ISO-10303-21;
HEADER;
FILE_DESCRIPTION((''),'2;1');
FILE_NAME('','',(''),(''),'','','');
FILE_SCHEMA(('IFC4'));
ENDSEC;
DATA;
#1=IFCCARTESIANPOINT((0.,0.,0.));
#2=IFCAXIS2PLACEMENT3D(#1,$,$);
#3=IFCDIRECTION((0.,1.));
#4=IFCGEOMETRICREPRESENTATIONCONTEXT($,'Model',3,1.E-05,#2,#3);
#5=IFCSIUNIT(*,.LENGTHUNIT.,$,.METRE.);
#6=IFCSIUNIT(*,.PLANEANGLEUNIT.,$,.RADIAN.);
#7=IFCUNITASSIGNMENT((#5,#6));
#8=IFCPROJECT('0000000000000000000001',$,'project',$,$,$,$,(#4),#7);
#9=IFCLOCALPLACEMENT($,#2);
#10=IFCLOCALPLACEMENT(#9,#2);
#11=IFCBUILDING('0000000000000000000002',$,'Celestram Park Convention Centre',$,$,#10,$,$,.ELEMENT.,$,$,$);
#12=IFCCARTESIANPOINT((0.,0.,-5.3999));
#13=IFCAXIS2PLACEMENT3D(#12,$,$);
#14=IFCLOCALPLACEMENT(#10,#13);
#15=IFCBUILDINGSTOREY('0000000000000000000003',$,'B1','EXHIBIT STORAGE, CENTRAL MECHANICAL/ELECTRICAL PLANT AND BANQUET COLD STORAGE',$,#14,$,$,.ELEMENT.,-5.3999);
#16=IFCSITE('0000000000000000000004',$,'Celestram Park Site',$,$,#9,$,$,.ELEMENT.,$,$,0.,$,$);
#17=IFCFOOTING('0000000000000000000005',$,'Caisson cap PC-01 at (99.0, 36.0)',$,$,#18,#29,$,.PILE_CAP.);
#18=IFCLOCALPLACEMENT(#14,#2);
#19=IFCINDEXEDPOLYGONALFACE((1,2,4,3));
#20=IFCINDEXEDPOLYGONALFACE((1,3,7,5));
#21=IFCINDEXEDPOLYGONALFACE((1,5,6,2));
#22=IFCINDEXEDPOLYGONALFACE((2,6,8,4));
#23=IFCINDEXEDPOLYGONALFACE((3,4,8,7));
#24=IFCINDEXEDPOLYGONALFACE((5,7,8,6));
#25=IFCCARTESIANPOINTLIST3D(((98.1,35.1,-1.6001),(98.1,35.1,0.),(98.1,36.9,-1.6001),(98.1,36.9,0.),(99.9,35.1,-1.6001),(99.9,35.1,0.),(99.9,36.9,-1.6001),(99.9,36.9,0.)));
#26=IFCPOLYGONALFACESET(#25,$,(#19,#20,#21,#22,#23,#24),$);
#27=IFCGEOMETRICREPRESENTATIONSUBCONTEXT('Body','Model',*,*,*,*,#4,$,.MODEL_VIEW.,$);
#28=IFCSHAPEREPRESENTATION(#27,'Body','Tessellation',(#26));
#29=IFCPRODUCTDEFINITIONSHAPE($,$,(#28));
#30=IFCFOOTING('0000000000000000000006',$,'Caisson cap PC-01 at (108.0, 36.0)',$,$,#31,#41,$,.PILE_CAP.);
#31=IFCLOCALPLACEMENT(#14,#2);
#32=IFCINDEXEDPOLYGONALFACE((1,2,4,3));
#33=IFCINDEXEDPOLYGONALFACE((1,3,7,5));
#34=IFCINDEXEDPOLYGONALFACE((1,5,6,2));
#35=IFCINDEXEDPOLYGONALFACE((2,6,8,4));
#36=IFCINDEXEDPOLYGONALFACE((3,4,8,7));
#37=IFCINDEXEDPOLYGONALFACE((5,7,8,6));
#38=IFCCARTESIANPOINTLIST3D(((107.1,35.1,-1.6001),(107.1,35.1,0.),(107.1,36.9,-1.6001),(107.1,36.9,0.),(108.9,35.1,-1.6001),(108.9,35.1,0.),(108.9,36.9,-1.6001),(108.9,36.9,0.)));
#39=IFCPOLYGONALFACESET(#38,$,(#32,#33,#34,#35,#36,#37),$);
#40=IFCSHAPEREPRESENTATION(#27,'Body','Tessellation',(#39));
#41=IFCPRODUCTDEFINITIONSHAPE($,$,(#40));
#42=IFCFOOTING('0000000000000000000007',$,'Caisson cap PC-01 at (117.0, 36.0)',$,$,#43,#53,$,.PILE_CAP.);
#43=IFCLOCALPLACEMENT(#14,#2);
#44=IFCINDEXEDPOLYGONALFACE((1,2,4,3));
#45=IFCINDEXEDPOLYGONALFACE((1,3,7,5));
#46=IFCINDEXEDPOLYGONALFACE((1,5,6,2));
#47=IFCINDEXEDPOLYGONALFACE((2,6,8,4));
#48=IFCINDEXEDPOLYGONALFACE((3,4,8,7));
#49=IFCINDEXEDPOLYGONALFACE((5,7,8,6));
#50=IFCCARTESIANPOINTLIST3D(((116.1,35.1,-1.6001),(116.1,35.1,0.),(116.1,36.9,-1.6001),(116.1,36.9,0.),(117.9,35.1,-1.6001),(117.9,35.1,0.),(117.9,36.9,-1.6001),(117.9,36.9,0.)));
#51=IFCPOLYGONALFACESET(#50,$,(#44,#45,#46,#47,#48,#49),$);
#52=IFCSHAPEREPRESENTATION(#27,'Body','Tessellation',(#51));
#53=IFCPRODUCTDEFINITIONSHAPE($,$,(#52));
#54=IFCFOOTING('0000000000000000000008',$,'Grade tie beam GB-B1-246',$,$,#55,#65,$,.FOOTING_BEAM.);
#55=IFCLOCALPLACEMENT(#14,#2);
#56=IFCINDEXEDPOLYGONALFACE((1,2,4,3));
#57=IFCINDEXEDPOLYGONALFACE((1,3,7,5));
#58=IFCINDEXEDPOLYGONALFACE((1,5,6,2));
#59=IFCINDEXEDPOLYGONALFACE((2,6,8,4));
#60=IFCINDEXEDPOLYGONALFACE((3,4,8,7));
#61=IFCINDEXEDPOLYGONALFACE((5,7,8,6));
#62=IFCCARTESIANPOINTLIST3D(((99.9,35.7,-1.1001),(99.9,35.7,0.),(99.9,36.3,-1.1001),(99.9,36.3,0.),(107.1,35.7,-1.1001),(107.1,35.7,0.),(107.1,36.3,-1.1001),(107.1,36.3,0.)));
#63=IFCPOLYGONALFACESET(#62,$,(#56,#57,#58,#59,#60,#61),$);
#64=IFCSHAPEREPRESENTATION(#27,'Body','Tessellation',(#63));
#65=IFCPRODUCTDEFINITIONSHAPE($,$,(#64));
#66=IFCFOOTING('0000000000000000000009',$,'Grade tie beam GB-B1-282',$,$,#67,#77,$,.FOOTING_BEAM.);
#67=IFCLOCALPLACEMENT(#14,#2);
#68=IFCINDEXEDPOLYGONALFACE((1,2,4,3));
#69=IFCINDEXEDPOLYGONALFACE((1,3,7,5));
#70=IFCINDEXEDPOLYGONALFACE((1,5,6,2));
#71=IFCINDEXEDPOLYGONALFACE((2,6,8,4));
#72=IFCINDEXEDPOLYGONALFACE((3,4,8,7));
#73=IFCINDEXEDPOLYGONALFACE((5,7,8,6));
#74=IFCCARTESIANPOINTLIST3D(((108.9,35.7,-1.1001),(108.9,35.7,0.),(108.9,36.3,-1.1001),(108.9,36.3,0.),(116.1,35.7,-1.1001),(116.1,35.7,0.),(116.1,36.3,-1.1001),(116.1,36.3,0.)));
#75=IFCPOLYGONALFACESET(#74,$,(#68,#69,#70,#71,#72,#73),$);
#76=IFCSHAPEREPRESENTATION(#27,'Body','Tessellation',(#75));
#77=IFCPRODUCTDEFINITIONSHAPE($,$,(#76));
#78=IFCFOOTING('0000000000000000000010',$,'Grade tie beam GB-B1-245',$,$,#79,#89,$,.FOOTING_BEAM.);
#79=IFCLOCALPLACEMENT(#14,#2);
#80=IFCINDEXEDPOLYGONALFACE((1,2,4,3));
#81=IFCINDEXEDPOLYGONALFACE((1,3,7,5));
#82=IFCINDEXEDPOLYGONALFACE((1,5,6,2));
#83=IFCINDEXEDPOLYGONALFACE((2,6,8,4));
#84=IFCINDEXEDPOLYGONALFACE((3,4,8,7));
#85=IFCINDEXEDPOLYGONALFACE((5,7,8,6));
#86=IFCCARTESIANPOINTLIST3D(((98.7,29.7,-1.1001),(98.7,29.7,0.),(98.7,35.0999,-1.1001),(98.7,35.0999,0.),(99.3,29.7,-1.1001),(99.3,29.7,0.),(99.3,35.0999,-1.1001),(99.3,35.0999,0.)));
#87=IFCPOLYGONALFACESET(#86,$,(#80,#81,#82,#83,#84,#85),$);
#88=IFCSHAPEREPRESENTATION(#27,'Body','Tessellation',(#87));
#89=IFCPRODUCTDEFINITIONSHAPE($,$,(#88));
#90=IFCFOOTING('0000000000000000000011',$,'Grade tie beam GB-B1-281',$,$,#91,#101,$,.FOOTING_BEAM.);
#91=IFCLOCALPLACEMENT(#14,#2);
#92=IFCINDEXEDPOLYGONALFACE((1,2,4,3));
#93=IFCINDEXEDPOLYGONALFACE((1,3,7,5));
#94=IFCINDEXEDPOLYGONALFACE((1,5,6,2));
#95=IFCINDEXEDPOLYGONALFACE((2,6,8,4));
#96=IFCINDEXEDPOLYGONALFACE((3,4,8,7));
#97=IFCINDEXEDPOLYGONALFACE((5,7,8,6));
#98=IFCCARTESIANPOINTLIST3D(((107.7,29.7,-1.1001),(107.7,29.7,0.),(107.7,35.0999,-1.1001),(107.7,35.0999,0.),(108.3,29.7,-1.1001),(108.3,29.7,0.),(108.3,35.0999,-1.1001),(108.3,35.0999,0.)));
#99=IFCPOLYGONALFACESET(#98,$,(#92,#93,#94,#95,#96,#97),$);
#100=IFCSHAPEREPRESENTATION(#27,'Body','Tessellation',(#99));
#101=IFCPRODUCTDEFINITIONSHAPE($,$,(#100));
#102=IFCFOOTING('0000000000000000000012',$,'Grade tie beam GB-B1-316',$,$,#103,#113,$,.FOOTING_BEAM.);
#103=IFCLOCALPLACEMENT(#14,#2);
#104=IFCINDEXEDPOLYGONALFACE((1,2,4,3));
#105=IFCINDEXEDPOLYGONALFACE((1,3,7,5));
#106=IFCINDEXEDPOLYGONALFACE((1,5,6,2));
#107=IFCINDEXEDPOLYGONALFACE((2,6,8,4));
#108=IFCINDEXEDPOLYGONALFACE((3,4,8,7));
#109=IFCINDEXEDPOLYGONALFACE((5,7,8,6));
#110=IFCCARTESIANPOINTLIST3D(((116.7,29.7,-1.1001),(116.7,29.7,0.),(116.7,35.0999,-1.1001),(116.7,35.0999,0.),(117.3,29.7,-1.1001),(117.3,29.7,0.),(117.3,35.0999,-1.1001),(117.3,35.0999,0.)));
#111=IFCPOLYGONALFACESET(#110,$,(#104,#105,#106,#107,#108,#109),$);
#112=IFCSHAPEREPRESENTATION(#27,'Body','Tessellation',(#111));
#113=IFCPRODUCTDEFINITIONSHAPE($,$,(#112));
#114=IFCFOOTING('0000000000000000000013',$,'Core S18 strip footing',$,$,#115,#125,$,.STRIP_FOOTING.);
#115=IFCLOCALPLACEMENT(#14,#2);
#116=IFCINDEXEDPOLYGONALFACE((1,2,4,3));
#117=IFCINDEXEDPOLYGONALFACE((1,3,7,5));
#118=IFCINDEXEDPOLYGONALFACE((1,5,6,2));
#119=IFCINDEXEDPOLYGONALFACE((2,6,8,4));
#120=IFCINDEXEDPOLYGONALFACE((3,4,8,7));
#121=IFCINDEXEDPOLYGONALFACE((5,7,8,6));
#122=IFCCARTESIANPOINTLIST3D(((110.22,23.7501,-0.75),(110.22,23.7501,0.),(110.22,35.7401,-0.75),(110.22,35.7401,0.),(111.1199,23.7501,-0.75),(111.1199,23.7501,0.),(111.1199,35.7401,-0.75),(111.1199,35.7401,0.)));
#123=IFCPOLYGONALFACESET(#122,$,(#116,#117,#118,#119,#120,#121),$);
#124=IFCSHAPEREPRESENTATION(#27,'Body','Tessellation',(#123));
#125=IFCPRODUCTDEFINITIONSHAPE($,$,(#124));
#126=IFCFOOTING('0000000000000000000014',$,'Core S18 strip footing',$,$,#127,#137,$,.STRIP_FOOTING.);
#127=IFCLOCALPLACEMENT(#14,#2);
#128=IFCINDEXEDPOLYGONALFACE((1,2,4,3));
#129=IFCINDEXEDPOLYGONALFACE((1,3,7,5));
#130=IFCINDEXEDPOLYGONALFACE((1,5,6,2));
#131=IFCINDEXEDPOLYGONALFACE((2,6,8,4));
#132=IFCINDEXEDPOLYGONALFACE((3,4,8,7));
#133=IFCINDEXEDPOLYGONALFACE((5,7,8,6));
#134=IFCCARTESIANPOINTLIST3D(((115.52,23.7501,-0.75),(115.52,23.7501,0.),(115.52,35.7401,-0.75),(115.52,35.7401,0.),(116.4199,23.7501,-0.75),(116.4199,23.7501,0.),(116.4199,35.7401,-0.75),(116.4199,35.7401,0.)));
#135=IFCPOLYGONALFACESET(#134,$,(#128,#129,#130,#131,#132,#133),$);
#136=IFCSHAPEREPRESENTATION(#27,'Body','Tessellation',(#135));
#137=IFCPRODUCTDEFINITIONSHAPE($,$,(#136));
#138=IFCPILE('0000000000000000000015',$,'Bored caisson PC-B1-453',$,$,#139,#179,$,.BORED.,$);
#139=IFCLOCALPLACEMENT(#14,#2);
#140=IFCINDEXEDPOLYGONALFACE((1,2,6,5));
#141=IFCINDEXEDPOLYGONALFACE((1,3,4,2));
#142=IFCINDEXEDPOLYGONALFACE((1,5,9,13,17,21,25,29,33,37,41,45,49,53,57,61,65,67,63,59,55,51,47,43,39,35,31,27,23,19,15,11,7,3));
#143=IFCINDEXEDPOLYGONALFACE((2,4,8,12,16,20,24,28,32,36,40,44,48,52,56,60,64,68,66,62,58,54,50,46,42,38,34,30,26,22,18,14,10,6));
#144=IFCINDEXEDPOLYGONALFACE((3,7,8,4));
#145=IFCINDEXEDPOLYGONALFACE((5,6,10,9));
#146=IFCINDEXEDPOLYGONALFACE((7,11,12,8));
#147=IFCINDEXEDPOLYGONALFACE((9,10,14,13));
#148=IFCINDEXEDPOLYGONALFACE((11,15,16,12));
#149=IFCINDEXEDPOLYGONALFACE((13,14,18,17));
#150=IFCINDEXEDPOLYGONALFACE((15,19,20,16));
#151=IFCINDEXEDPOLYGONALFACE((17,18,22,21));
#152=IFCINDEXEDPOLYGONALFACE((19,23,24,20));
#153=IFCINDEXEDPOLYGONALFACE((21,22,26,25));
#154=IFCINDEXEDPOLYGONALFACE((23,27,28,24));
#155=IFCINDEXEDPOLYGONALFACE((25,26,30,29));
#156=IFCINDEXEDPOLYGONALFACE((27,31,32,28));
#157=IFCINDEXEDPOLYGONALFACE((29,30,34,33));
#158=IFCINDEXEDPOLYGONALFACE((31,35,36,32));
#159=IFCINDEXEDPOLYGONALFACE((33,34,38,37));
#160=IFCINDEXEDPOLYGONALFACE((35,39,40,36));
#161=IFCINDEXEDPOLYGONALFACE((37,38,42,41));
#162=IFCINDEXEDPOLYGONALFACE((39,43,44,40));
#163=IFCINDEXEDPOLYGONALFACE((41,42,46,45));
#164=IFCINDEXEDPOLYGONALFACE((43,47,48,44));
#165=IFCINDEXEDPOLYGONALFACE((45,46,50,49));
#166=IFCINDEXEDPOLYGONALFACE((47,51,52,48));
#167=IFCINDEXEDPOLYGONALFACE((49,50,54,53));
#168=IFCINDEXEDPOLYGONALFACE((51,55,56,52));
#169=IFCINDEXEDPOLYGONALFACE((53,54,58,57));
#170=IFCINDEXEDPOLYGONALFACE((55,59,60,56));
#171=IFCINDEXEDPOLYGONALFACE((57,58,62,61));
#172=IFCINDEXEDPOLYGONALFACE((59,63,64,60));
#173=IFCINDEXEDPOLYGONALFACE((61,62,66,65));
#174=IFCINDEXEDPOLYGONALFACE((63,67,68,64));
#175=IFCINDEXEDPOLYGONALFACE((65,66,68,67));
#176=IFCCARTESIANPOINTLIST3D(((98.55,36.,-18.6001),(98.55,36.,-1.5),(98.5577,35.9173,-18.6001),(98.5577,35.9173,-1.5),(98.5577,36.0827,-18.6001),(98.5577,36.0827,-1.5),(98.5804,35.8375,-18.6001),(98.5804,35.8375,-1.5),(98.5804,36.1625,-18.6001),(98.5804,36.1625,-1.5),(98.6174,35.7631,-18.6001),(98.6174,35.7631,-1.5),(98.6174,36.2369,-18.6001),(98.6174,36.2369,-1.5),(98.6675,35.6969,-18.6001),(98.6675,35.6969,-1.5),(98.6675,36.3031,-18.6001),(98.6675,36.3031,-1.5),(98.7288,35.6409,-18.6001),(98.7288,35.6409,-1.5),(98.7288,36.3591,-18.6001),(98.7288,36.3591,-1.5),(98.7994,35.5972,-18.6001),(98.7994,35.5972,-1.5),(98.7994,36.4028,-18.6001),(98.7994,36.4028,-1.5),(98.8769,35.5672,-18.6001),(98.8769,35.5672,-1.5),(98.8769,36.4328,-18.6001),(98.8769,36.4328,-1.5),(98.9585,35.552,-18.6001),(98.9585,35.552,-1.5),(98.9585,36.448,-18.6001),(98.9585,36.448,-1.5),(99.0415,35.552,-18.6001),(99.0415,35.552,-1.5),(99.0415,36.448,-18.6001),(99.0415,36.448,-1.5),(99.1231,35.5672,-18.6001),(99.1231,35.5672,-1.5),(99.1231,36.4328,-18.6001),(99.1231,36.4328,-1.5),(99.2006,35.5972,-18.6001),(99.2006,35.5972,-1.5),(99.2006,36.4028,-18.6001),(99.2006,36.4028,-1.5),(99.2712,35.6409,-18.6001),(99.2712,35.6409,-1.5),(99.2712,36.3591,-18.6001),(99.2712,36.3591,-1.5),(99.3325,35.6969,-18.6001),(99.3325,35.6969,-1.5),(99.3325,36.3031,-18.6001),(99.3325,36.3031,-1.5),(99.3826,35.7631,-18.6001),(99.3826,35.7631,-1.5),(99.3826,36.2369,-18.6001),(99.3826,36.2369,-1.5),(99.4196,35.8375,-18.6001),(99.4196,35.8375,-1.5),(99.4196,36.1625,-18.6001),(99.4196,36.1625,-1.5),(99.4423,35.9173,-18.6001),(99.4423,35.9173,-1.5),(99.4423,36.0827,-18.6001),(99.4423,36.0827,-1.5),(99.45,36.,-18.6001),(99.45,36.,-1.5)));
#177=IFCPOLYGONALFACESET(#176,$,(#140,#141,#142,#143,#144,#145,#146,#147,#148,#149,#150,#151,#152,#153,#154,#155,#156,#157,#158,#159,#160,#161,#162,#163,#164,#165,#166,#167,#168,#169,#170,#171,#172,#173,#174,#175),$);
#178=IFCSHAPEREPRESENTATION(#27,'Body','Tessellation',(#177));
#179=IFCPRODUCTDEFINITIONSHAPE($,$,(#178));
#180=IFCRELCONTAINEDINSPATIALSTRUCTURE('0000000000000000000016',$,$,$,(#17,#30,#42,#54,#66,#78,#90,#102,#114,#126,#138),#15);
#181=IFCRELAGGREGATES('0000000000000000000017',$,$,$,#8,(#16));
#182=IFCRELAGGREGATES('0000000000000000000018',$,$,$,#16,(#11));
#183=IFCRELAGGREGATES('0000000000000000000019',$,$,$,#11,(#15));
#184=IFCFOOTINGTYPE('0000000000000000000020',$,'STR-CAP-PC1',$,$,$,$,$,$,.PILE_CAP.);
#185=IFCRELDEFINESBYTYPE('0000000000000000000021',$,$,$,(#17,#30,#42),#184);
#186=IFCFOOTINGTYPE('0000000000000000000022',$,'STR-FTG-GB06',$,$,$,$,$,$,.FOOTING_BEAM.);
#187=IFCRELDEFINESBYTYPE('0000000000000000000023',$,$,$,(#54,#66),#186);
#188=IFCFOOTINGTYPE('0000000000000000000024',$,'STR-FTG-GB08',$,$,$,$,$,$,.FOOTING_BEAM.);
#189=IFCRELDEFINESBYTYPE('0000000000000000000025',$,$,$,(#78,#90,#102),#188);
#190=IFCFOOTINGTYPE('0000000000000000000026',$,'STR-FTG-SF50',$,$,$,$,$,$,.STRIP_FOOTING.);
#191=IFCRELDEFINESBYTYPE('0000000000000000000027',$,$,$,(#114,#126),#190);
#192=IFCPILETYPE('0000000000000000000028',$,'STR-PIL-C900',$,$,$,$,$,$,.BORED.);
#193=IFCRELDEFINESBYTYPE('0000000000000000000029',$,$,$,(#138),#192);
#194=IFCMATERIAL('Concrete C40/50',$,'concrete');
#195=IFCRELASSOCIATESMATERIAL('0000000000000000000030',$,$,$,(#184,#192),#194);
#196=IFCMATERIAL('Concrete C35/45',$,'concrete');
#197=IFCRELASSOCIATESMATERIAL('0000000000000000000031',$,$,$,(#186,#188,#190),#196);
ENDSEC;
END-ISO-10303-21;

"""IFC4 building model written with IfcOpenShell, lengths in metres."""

from ifc_helpers import new_model, si_unit, direction, frame, origin, origin_2d, place, context, subcontext, project, spatial, rectangle, circle, extrude, material, material_profile, profile_set, type_object, element, save


model = new_model("IFC4")

# Units and contexts
model_context = context("Model", 3, precision=1e-05, world=origin(), true_north=direction((0.0, 1.0)))
body_context = subcontext(model_context, "Body", "Model", "MODEL_VIEW")
ifc_project = project(units=[si_unit("LENGTHUNIT", "METRE"), si_unit("PLANEANGLEUNIT", "RADIAN")], contexts=[model_context])

# Site, building, storey
site_placement = place(None, origin())
site = spatial("IfcSite", under=ifc_project, at=site_placement, Name="Celestram Park Site", CompositionType="ELEMENT", RefElevation=0.0)
building_placement = place(site_placement, origin())
building = spatial("IfcBuilding", under=site, at=building_placement, Name="Celestram Park Convention Centre", CompositionType="ELEMENT")
storey_placement = place(building_placement, frame((0.0, 0.0, -5.3999)))
storey = spatial("IfcBuildingStorey", under=building, at=storey_placement, Name="B1", Description="EXHIBIT STORAGE, CENTRAL MECHANICAL/ELECTRICAL PLANT AND BANQUET COLD STORAGE", CompositionType="ELEMENT", Elevation=-5.3999)

# Footings
ifc_material_1 = material(Name="Concrete C40/50", Category="concrete")
footing_type_1 = type_object("IfcFootingType", Name="STR-CAP-PC1", PredefinedType="PILE_CAP", material=ifc_material_1)
for number, where, z_axis, x_axis, name in (
    (1, (99.0, 36.0, -1.6001), (0.0, 0.0, 1.0), (1.0, 0.0, 0.0), "Caisson cap PC-01 at (99.0, 36.0)"),
    (2, (108.0, 36.0, -1.6001), (0.0, 0.0, 1.0), (1.0, 0.0, 0.0), "Caisson cap PC-01 at (108.0, 36.0)"),
    (3, (117.0, 36.0, -1.6001), (0.0, 0.0, 1.0), (1.0, 0.0, 0.0), "Caisson cap PC-01 at (117.0, 36.0)"),
):
    element("IfcFooting", number, at=place(storey_placement, frame(where, z_axis=z_axis, x_axis=x_axis)), inside=storey, type_object=footing_type_1, Name=name, PredefinedType="PILE_CAP", context=body_context, shape_type="SweptSolid", body=[
        extrude(rectangle(XDim=1.8, YDim=1.8, at=origin_2d()), origin(), (0.0, 0.0, 1.0), 1.6001),
    ])
ifc_material_2 = material(Name="Concrete C35/45", Category="concrete")
footing_type_2 = type_object("IfcFootingType", Name="STR-FTG-GB06", PredefinedType="FOOTING_BEAM", material=ifc_material_2)
for number, where, z_axis, x_axis, name in (
    (4, (103.5, 36.0, -1.1001), (0.0, 0.0, 1.0), (1.0, 0.0, 0.0), "Grade tie beam GB-B1-246"),
    (5, (112.5, 36.0, -1.1001), (0.0, 0.0, 1.0), (1.0, 0.0, 0.0), "Grade tie beam GB-B1-282"),
):
    element("IfcFooting", number, at=place(storey_placement, frame(where, z_axis=z_axis, x_axis=x_axis)), inside=storey, type_object=footing_type_2, Name=name, PredefinedType="FOOTING_BEAM", context=body_context, shape_type="SweptSolid", body=[
        extrude(rectangle(XDim=7.2, YDim=0.6001, at=origin_2d()), origin(), (0.0, 0.0, 1.0), 1.1001),
    ])
footing_type_3 = type_object("IfcFootingType", Name="STR-FTG-GB08", PredefinedType="FOOTING_BEAM", material=ifc_material_2)
for number, where, z_axis, x_axis, name in (
    (6, (99.0, 32.3999, -1.1001), (0.0, 0.0, 1.0), (0.0, 1.0, 0.0), "Grade tie beam GB-B1-245"),
    (7, (108.0, 32.3999, -1.1001), (0.0, 0.0, 1.0), (0.0, 1.0, 0.0), "Grade tie beam GB-B1-281"),
    (8, (117.0, 32.3999, -1.1001), (0.0, 0.0, 1.0), (0.0, 1.0, 0.0), "Grade tie beam GB-B1-316"),
):
    element("IfcFooting", number, at=place(storey_placement, frame(where, z_axis=z_axis, x_axis=x_axis)), inside=storey, type_object=footing_type_3, Name=name, PredefinedType="FOOTING_BEAM", context=body_context, shape_type="SweptSolid", body=[
        extrude(rectangle(XDim=5.3999, YDim=0.6001, at=origin_2d()), origin(), (0.0, 0.0, 1.0), 1.1001),
    ])
footing_type_4 = type_object("IfcFootingType", Name="STR-FTG-SF50", PredefinedType="STRIP_FOOTING", material=ifc_material_2)
for number, where, z_axis, x_axis, name in (
    (9, (110.6699, 29.7451, -0.75), (0.0, 0.0, 1.0), (0.0, 1.0, 0.0), "Core S18 strip footing"),
    (10, (115.97, 29.7451, -0.75), (0.0, 0.0, 1.0), (0.0, 1.0, 0.0), "Core S18 strip footing"),
):
    element("IfcFooting", number, at=place(storey_placement, frame(where, z_axis=z_axis, x_axis=x_axis)), inside=storey, type_object=footing_type_4, Name=name, PredefinedType="STRIP_FOOTING", context=body_context, shape_type="SweptSolid", body=[
        extrude(rectangle(XDim=11.99, YDim=0.8999, at=origin_2d()), origin(), (0.0, 0.0, 1.0), 0.75),
    ])

# Pile
ifc_material_profile_1 = material_profile(ifc_material_1, circle(Radius=0.45, at=origin_2d()), Name="CAISSON900")
ifc_profile_set_1 = profile_set([ifc_material_profile_1], Name="Concrete C40/50")
pile_type = type_object("IfcPileType", Name="STR-PIL-C900", PredefinedType="BORED", material=ifc_profile_set_1)
for number, where, z_axis, x_axis, name in (
    (11, (99.0, 36.0, -1.5), (0.0, 0.0, -1.0), (1.0, 0.0, 0.0), "Bored caisson PC-B1-453"),
):
    element("IfcPile", number, at=place(storey_placement, frame(where, z_axis=z_axis, x_axis=x_axis)), inside=storey, type_object=pile_type, Name=name, PredefinedType="BORED", context=body_context, shape_type="SweptSolid", body=[
        extrude(circle(Radius=0.45, at=origin_2d()), origin(), (0.0, 0.0, 1.0), 17.1001),
    ])

save(model, "model.ifc")
